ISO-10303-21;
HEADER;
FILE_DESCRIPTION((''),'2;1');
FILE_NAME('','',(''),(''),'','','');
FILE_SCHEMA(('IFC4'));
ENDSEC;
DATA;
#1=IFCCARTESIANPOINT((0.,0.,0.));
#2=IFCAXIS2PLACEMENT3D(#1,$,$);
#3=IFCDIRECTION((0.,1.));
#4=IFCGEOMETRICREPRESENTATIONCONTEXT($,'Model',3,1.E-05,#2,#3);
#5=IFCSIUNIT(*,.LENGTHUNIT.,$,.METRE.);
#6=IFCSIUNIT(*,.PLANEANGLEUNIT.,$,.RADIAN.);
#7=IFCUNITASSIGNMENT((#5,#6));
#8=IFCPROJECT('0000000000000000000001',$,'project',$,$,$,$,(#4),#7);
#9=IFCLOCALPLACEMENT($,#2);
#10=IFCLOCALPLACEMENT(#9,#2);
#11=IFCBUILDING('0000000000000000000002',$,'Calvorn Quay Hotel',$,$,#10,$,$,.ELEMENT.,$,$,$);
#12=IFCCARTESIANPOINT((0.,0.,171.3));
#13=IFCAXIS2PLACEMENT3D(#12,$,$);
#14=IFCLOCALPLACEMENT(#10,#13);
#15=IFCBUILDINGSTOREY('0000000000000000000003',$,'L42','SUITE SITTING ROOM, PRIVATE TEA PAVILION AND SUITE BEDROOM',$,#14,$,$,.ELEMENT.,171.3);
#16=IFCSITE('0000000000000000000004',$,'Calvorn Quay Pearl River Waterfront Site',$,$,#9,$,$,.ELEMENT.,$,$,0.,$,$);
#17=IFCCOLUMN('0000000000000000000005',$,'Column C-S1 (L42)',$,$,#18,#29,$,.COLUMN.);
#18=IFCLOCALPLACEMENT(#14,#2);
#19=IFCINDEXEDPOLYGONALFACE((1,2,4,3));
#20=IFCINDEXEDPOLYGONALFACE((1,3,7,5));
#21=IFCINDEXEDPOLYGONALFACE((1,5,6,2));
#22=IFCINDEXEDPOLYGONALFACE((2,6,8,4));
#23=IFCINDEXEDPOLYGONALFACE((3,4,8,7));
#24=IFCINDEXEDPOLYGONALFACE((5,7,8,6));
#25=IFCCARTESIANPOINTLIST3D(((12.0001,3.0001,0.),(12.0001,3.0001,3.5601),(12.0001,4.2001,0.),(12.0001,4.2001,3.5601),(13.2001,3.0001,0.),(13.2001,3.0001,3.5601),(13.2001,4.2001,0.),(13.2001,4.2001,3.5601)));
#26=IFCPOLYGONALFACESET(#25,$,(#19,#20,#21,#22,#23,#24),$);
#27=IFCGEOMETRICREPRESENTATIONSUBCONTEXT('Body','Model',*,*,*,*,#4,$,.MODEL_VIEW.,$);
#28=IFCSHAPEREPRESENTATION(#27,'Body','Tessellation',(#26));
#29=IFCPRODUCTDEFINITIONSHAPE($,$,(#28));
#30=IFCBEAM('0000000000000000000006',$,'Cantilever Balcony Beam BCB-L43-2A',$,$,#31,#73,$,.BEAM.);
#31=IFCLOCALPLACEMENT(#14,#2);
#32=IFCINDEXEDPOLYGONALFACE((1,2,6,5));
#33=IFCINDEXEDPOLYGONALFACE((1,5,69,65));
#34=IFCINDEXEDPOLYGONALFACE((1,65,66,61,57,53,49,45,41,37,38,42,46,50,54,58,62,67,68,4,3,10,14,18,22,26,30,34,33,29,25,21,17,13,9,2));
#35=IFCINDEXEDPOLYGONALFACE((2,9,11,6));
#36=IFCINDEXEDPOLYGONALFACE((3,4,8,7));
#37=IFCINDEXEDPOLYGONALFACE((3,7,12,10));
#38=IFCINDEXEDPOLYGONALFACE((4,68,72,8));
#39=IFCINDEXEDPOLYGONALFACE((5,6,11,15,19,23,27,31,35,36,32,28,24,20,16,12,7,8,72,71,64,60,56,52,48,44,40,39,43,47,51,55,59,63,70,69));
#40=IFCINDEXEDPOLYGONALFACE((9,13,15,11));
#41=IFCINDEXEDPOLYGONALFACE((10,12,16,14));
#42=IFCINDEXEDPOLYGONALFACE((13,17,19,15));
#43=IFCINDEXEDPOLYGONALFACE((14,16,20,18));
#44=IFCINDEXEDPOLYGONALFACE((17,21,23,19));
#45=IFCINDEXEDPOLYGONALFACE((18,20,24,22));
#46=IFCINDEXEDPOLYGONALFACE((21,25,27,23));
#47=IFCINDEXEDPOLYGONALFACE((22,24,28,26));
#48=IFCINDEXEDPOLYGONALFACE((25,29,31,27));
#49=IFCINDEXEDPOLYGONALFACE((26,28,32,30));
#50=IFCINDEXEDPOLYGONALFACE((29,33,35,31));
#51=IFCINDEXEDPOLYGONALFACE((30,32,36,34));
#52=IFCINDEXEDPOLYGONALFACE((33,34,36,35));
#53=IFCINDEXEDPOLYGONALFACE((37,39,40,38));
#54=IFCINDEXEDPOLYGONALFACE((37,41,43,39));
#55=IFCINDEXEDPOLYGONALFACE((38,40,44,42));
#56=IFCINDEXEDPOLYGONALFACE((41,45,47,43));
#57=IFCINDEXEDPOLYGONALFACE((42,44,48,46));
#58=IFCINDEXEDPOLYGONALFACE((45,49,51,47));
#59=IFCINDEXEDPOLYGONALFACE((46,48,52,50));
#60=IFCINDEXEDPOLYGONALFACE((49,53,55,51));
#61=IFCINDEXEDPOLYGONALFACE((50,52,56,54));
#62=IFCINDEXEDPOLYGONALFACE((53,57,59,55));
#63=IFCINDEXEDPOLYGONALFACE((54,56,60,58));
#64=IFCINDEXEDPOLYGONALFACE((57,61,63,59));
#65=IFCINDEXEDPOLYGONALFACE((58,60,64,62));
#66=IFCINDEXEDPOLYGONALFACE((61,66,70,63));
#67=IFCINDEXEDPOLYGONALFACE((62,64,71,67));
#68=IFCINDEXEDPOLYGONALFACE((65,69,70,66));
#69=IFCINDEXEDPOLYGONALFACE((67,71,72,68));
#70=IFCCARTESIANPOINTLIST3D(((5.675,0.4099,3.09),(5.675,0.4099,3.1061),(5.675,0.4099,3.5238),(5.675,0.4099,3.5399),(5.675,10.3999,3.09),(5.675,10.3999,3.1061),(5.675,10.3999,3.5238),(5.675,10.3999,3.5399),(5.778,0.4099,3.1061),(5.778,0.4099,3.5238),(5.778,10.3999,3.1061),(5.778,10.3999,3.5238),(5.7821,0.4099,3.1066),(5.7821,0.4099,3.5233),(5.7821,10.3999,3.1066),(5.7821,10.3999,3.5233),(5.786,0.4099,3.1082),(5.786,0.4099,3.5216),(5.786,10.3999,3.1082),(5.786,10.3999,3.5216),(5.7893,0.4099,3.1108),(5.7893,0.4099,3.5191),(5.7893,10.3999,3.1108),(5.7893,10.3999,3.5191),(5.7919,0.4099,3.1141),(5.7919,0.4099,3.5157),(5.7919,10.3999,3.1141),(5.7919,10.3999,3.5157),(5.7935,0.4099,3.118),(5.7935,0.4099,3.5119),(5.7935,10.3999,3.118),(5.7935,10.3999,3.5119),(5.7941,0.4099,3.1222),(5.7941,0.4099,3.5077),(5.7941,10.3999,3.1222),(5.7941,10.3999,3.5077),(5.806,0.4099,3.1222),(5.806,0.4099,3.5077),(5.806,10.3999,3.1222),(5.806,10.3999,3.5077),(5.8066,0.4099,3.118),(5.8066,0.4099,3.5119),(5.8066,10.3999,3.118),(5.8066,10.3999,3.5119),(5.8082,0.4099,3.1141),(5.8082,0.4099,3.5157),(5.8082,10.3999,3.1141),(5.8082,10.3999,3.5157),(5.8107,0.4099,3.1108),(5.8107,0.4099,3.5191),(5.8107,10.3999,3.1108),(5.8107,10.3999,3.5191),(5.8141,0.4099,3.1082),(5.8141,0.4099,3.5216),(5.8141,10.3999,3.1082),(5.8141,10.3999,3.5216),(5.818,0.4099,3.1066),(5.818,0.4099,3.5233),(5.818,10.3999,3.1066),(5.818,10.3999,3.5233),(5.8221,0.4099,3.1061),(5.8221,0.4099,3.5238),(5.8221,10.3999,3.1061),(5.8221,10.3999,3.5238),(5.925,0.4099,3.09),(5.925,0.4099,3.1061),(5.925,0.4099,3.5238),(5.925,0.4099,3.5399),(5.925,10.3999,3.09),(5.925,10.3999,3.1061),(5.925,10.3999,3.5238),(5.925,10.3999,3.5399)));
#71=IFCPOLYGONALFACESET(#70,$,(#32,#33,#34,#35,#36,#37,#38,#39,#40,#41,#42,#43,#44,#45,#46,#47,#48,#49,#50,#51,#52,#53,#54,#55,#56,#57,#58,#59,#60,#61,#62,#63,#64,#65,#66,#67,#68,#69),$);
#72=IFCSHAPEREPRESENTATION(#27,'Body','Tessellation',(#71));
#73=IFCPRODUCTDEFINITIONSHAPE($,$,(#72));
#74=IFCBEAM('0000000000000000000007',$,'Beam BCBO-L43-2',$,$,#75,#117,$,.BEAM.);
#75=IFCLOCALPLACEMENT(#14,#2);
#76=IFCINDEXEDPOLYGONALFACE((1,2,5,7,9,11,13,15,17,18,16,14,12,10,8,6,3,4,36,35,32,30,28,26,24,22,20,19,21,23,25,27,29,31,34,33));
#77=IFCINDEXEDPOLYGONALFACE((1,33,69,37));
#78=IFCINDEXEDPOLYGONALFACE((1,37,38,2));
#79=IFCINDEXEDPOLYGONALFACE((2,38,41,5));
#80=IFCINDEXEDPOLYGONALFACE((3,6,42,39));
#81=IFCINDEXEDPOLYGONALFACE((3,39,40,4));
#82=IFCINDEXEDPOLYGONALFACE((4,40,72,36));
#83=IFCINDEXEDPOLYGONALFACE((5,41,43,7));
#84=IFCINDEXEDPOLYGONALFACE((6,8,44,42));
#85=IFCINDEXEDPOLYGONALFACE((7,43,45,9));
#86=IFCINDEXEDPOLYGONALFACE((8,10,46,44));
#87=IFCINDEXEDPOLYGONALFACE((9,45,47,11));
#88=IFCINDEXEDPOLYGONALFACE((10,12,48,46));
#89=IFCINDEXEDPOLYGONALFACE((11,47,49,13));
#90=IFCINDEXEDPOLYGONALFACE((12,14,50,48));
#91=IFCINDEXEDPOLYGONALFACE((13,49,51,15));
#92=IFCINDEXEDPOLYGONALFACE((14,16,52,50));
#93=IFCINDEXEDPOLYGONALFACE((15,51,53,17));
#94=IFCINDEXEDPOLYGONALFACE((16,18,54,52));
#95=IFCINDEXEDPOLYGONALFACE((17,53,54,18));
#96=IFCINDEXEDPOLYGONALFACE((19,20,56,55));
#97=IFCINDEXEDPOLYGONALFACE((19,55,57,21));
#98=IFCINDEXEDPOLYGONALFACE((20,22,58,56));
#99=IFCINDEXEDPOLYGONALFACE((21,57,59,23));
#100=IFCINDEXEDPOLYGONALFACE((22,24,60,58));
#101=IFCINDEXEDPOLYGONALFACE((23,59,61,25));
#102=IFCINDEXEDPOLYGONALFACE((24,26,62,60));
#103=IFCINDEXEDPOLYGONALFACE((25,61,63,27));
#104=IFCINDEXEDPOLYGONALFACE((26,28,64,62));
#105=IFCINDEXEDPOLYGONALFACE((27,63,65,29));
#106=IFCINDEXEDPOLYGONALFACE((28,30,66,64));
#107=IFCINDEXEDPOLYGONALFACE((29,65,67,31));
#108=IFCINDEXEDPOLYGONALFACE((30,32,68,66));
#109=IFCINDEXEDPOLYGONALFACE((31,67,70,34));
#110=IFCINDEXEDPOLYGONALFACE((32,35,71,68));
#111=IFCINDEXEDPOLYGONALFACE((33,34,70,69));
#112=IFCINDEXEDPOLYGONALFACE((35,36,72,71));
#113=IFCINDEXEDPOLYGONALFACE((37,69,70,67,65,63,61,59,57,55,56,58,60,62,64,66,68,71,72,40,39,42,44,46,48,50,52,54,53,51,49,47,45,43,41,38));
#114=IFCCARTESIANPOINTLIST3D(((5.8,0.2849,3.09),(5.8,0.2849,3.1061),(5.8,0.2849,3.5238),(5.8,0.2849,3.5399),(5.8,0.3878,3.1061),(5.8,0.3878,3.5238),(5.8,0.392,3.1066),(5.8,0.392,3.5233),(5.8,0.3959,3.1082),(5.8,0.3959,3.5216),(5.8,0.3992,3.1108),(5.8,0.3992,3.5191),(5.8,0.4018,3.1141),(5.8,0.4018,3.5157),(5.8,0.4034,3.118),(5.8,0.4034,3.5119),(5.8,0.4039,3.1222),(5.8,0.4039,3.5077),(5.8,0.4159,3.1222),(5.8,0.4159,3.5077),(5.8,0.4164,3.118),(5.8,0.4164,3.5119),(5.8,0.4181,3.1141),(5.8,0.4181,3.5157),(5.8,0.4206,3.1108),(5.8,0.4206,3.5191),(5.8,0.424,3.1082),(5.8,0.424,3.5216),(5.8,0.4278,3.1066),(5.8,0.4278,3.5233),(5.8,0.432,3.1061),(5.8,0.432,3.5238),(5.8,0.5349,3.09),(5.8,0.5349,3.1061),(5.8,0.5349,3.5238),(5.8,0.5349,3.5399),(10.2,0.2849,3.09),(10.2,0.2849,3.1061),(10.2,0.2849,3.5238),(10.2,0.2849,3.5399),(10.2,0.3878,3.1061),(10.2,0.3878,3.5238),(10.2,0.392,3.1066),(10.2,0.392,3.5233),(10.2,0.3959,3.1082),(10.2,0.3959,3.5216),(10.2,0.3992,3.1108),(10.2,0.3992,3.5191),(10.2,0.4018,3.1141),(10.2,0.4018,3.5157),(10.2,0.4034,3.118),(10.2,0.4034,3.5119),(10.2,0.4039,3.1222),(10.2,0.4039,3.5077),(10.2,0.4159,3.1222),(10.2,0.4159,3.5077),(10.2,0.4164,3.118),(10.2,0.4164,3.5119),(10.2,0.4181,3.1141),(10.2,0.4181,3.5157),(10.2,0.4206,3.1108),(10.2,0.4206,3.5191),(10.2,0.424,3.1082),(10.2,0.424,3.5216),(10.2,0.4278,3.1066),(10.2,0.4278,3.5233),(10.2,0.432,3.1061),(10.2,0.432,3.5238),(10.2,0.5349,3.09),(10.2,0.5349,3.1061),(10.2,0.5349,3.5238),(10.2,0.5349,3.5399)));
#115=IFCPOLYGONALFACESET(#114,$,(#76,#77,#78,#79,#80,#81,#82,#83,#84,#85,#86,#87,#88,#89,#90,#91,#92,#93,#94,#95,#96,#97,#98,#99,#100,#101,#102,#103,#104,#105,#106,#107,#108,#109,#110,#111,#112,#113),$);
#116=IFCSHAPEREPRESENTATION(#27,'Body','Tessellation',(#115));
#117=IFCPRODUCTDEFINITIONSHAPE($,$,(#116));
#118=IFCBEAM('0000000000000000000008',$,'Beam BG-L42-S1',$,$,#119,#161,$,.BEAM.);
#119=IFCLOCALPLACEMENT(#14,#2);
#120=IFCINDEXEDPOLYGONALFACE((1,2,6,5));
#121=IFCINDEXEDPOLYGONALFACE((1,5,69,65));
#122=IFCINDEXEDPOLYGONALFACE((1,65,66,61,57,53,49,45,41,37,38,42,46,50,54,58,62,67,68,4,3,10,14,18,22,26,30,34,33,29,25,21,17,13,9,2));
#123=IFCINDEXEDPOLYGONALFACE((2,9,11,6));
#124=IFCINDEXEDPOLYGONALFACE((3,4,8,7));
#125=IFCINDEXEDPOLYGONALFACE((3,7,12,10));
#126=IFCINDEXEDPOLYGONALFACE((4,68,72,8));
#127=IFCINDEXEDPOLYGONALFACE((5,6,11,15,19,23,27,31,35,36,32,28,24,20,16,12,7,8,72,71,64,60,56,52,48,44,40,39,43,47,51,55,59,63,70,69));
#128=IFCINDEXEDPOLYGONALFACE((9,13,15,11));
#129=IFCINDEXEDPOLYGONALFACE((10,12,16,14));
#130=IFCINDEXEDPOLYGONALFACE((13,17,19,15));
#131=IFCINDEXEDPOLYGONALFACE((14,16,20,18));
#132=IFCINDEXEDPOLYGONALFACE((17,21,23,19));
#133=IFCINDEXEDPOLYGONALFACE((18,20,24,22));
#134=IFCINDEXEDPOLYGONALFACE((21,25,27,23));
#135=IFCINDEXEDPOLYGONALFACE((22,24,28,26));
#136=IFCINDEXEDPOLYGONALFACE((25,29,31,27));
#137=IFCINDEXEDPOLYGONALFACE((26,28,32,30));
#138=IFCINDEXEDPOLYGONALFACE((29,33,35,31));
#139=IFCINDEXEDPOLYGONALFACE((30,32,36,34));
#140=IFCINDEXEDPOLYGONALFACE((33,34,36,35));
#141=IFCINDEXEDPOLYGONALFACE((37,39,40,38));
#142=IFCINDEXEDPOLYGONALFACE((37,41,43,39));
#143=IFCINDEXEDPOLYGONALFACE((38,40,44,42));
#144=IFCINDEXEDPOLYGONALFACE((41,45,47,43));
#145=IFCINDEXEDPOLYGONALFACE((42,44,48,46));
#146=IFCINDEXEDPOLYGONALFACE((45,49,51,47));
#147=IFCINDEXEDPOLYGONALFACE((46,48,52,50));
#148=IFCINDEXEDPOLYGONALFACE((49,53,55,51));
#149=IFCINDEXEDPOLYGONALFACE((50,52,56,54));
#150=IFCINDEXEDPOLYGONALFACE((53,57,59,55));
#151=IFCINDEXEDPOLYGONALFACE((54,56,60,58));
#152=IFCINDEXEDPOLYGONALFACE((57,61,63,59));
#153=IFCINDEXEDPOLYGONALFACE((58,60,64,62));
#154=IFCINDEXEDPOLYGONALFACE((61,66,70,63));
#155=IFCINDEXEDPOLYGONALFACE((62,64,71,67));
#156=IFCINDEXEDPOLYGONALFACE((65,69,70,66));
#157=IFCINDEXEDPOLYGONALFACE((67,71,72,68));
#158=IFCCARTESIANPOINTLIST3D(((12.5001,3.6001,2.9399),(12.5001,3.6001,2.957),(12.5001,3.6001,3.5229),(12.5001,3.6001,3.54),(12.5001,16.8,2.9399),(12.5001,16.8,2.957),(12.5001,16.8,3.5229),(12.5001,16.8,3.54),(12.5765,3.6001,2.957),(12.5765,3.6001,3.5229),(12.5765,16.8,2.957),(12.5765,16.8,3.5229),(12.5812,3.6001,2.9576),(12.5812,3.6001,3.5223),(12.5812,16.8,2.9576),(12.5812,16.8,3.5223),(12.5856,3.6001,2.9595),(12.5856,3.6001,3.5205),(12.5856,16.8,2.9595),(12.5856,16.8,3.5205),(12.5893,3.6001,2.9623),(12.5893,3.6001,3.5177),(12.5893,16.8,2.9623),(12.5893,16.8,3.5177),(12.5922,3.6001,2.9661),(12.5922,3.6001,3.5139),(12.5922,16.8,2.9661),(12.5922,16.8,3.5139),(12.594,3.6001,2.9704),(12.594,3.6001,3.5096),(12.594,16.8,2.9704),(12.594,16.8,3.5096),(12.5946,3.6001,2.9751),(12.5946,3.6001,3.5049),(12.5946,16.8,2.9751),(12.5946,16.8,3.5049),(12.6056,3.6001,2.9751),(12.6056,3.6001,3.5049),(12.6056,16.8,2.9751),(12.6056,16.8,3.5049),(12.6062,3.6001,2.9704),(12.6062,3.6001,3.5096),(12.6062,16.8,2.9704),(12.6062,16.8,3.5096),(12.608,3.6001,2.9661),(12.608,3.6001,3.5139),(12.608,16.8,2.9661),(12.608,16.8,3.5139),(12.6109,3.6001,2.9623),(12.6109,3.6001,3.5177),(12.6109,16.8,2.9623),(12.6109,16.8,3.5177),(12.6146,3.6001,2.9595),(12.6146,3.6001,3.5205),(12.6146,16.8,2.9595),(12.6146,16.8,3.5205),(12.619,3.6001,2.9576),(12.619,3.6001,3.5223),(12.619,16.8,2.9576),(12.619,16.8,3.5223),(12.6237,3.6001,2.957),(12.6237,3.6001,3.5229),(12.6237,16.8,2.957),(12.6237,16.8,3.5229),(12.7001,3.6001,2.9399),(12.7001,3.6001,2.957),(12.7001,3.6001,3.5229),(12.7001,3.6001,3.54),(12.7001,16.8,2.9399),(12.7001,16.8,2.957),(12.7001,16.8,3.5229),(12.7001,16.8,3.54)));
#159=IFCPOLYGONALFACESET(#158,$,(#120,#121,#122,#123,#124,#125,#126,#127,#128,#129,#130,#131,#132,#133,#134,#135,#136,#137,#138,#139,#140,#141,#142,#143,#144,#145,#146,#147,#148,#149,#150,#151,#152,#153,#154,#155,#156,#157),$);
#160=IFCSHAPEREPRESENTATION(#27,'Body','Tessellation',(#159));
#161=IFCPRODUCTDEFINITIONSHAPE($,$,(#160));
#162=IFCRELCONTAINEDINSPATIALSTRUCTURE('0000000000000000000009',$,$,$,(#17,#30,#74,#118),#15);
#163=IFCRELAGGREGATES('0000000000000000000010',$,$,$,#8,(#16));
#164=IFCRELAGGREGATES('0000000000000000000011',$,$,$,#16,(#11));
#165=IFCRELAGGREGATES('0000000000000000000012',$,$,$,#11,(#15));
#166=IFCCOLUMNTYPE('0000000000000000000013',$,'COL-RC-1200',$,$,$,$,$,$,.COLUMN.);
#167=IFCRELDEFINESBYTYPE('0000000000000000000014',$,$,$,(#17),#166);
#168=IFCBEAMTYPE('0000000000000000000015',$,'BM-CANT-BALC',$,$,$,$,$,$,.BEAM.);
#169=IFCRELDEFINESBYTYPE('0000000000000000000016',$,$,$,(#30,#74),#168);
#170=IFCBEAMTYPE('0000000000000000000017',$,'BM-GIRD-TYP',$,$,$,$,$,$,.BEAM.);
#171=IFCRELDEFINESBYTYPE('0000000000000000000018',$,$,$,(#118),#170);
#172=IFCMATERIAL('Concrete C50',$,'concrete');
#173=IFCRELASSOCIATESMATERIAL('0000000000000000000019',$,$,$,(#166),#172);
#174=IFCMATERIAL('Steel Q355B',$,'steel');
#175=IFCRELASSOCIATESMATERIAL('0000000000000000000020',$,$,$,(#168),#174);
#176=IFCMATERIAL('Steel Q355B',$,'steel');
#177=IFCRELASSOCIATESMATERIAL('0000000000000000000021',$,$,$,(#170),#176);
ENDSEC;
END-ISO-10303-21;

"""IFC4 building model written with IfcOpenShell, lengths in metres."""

from ifc_helpers import new_model, si_unit, direction, frame, origin, origin_2d, place, context, subcontext, project, spatial, rectangle, i_section, extrude, material, material_profile, profile_set, type_object, element, save


model = new_model("IFC4")

# Units and contexts
model_context = context("Model", 3, precision=1e-05, world=origin(), true_north=direction((0.0, 1.0)))
body_context = subcontext(model_context, "Body", "Model", "MODEL_VIEW")
ifc_project = project(units=[si_unit("LENGTHUNIT", "METRE"), si_unit("PLANEANGLEUNIT", "RADIAN")], contexts=[model_context])

# Site, building, storey
site_placement = place(None, origin())
site = spatial("IfcSite", under=ifc_project, at=site_placement, Name="Calvorn Quay Pearl River Waterfront Site", CompositionType="ELEMENT", RefElevation=0.0)
building_placement = place(site_placement, origin())
building = spatial("IfcBuilding", under=site, at=building_placement, Name="Calvorn Quay Hotel", CompositionType="ELEMENT")
storey_placement = place(building_placement, frame((0.0, 0.0, 171.3)))
storey = spatial("IfcBuildingStorey", under=building, at=storey_placement, Name="L42", Description="SUITE SITTING ROOM, PRIVATE TEA PAVILION AND SUITE BEDROOM", CompositionType="ELEMENT", Elevation=171.3)

# Column
ifc_material_1 = material(Name="Concrete C50", Category="concrete")
ifc_material_profile_1 = material_profile(ifc_material_1, rectangle(XDim=1.2, YDim=1.2, at=origin_2d()), Name="RC1200x1200")
ifc_profile_set_1 = profile_set([ifc_material_profile_1], Name="Concrete C50")
column_type = type_object("IfcColumnType", Name="COL-RC-1200", PredefinedType="COLUMN", material=ifc_profile_set_1)
column_placement = place(storey_placement, frame((12.6001, 3.6001, 0.0), z_axis=(0.0, 0.0, 1.0), x_axis=(1.0, 0.0, 0.0)))
element("IfcColumn", 1, at=column_placement, inside=storey, type_object=column_type, Name="Column C-S1 (L42)", PredefinedType="COLUMN", context=body_context, shape_type="SweptSolid", body=[
    extrude(rectangle(XDim=1.2, YDim=1.2, at=origin_2d()), origin(), (0.0, 0.0, 1.0), 3.5601),
])

# Beams
ifc_material_2 = material(Name="Steel Q355B", Category="steel")
ifc_material_profile_2 = material_profile(ifc_material_2, i_section(OverallWidth=0.25, OverallDepth=0.45, WebThickness=0.012, FlangeThickness=0.0161, FilletRadius=0.0161, at=origin_2d()), Name="HN450x250x12x16")
ifc_profile_set_2 = profile_set([ifc_material_profile_2], Name="Steel Q355B")
beam_type_1 = type_object("IfcBeamType", Name="BM-CANT-BALC", PredefinedType="BEAM", material=ifc_profile_set_2)
beam_1_placement = place(storey_placement, frame((5.8, 10.3999, 3.3149), z_axis=(0.0, -1.0, 0.0), x_axis=(1.0, 0.0, 0.0)))
element("IfcBeam", 2, at=beam_1_placement, inside=storey, type_object=beam_type_1, Name="Cantilever Balcony Beam BCB-L43-2A", PredefinedType="BEAM", context=body_context, shape_type="SweptSolid", body=[
    extrude(i_section(OverallWidth=0.25, OverallDepth=0.45, WebThickness=0.012, FlangeThickness=0.0161, FilletRadius=0.0161, at=origin_2d()), origin(), (0.0, 0.0, 1.0), 9.99),
])
beam_2_placement = place(storey_placement, frame((5.8, 0.4099, 3.3149), z_axis=(1.0, 0.0, 0.0), x_axis=(0.0, 1.0, 0.0)))
element("IfcBeam", 3, at=beam_2_placement, inside=storey, type_object=beam_type_1, Name="Beam BCBO-L43-2", PredefinedType="BEAM", context=body_context, shape_type="SweptSolid", body=[
    extrude(i_section(OverallWidth=0.25, OverallDepth=0.45, WebThickness=0.012, FlangeThickness=0.0161, FilletRadius=0.0161, at=origin_2d()), origin(), (0.0, 0.0, 1.0), 4.3999),
])
ifc_material_3 = material(Name="Steel Q355B", Category="steel")
ifc_material_profile_3 = material_profile(ifc_material_3, i_section(OverallWidth=0.2, OverallDepth=0.6001, WebThickness=0.011, FlangeThickness=0.0171, FilletRadius=0.0181, at=origin_2d()), Name="HN600x200x11x17")
ifc_profile_set_3 = profile_set([ifc_material_profile_3], Name="Steel Q355B")
beam_type_2 = type_object("IfcBeamType", Name="BM-GIRD-TYP", PredefinedType="BEAM", material=ifc_profile_set_3)
beam_3_placement = place(storey_placement, frame((12.6001, 3.6001, 3.24), z_axis=(0.0, 1.0, 0.0), x_axis=(-1.0, 0.0, 0.0)))
element("IfcBeam", 4, at=beam_3_placement, inside=storey, type_object=beam_type_2, Name="Beam BG-L42-S1", PredefinedType="BEAM", context=body_context, shape_type="SweptSolid", body=[
    extrude(i_section(OverallWidth=0.2, OverallDepth=0.6001, WebThickness=0.011, FlangeThickness=0.0171, FilletRadius=0.0181, at=origin_2d()), origin(), (0.0, 0.0, 1.0), 13.2),
])

save(model, "model.ifc")
